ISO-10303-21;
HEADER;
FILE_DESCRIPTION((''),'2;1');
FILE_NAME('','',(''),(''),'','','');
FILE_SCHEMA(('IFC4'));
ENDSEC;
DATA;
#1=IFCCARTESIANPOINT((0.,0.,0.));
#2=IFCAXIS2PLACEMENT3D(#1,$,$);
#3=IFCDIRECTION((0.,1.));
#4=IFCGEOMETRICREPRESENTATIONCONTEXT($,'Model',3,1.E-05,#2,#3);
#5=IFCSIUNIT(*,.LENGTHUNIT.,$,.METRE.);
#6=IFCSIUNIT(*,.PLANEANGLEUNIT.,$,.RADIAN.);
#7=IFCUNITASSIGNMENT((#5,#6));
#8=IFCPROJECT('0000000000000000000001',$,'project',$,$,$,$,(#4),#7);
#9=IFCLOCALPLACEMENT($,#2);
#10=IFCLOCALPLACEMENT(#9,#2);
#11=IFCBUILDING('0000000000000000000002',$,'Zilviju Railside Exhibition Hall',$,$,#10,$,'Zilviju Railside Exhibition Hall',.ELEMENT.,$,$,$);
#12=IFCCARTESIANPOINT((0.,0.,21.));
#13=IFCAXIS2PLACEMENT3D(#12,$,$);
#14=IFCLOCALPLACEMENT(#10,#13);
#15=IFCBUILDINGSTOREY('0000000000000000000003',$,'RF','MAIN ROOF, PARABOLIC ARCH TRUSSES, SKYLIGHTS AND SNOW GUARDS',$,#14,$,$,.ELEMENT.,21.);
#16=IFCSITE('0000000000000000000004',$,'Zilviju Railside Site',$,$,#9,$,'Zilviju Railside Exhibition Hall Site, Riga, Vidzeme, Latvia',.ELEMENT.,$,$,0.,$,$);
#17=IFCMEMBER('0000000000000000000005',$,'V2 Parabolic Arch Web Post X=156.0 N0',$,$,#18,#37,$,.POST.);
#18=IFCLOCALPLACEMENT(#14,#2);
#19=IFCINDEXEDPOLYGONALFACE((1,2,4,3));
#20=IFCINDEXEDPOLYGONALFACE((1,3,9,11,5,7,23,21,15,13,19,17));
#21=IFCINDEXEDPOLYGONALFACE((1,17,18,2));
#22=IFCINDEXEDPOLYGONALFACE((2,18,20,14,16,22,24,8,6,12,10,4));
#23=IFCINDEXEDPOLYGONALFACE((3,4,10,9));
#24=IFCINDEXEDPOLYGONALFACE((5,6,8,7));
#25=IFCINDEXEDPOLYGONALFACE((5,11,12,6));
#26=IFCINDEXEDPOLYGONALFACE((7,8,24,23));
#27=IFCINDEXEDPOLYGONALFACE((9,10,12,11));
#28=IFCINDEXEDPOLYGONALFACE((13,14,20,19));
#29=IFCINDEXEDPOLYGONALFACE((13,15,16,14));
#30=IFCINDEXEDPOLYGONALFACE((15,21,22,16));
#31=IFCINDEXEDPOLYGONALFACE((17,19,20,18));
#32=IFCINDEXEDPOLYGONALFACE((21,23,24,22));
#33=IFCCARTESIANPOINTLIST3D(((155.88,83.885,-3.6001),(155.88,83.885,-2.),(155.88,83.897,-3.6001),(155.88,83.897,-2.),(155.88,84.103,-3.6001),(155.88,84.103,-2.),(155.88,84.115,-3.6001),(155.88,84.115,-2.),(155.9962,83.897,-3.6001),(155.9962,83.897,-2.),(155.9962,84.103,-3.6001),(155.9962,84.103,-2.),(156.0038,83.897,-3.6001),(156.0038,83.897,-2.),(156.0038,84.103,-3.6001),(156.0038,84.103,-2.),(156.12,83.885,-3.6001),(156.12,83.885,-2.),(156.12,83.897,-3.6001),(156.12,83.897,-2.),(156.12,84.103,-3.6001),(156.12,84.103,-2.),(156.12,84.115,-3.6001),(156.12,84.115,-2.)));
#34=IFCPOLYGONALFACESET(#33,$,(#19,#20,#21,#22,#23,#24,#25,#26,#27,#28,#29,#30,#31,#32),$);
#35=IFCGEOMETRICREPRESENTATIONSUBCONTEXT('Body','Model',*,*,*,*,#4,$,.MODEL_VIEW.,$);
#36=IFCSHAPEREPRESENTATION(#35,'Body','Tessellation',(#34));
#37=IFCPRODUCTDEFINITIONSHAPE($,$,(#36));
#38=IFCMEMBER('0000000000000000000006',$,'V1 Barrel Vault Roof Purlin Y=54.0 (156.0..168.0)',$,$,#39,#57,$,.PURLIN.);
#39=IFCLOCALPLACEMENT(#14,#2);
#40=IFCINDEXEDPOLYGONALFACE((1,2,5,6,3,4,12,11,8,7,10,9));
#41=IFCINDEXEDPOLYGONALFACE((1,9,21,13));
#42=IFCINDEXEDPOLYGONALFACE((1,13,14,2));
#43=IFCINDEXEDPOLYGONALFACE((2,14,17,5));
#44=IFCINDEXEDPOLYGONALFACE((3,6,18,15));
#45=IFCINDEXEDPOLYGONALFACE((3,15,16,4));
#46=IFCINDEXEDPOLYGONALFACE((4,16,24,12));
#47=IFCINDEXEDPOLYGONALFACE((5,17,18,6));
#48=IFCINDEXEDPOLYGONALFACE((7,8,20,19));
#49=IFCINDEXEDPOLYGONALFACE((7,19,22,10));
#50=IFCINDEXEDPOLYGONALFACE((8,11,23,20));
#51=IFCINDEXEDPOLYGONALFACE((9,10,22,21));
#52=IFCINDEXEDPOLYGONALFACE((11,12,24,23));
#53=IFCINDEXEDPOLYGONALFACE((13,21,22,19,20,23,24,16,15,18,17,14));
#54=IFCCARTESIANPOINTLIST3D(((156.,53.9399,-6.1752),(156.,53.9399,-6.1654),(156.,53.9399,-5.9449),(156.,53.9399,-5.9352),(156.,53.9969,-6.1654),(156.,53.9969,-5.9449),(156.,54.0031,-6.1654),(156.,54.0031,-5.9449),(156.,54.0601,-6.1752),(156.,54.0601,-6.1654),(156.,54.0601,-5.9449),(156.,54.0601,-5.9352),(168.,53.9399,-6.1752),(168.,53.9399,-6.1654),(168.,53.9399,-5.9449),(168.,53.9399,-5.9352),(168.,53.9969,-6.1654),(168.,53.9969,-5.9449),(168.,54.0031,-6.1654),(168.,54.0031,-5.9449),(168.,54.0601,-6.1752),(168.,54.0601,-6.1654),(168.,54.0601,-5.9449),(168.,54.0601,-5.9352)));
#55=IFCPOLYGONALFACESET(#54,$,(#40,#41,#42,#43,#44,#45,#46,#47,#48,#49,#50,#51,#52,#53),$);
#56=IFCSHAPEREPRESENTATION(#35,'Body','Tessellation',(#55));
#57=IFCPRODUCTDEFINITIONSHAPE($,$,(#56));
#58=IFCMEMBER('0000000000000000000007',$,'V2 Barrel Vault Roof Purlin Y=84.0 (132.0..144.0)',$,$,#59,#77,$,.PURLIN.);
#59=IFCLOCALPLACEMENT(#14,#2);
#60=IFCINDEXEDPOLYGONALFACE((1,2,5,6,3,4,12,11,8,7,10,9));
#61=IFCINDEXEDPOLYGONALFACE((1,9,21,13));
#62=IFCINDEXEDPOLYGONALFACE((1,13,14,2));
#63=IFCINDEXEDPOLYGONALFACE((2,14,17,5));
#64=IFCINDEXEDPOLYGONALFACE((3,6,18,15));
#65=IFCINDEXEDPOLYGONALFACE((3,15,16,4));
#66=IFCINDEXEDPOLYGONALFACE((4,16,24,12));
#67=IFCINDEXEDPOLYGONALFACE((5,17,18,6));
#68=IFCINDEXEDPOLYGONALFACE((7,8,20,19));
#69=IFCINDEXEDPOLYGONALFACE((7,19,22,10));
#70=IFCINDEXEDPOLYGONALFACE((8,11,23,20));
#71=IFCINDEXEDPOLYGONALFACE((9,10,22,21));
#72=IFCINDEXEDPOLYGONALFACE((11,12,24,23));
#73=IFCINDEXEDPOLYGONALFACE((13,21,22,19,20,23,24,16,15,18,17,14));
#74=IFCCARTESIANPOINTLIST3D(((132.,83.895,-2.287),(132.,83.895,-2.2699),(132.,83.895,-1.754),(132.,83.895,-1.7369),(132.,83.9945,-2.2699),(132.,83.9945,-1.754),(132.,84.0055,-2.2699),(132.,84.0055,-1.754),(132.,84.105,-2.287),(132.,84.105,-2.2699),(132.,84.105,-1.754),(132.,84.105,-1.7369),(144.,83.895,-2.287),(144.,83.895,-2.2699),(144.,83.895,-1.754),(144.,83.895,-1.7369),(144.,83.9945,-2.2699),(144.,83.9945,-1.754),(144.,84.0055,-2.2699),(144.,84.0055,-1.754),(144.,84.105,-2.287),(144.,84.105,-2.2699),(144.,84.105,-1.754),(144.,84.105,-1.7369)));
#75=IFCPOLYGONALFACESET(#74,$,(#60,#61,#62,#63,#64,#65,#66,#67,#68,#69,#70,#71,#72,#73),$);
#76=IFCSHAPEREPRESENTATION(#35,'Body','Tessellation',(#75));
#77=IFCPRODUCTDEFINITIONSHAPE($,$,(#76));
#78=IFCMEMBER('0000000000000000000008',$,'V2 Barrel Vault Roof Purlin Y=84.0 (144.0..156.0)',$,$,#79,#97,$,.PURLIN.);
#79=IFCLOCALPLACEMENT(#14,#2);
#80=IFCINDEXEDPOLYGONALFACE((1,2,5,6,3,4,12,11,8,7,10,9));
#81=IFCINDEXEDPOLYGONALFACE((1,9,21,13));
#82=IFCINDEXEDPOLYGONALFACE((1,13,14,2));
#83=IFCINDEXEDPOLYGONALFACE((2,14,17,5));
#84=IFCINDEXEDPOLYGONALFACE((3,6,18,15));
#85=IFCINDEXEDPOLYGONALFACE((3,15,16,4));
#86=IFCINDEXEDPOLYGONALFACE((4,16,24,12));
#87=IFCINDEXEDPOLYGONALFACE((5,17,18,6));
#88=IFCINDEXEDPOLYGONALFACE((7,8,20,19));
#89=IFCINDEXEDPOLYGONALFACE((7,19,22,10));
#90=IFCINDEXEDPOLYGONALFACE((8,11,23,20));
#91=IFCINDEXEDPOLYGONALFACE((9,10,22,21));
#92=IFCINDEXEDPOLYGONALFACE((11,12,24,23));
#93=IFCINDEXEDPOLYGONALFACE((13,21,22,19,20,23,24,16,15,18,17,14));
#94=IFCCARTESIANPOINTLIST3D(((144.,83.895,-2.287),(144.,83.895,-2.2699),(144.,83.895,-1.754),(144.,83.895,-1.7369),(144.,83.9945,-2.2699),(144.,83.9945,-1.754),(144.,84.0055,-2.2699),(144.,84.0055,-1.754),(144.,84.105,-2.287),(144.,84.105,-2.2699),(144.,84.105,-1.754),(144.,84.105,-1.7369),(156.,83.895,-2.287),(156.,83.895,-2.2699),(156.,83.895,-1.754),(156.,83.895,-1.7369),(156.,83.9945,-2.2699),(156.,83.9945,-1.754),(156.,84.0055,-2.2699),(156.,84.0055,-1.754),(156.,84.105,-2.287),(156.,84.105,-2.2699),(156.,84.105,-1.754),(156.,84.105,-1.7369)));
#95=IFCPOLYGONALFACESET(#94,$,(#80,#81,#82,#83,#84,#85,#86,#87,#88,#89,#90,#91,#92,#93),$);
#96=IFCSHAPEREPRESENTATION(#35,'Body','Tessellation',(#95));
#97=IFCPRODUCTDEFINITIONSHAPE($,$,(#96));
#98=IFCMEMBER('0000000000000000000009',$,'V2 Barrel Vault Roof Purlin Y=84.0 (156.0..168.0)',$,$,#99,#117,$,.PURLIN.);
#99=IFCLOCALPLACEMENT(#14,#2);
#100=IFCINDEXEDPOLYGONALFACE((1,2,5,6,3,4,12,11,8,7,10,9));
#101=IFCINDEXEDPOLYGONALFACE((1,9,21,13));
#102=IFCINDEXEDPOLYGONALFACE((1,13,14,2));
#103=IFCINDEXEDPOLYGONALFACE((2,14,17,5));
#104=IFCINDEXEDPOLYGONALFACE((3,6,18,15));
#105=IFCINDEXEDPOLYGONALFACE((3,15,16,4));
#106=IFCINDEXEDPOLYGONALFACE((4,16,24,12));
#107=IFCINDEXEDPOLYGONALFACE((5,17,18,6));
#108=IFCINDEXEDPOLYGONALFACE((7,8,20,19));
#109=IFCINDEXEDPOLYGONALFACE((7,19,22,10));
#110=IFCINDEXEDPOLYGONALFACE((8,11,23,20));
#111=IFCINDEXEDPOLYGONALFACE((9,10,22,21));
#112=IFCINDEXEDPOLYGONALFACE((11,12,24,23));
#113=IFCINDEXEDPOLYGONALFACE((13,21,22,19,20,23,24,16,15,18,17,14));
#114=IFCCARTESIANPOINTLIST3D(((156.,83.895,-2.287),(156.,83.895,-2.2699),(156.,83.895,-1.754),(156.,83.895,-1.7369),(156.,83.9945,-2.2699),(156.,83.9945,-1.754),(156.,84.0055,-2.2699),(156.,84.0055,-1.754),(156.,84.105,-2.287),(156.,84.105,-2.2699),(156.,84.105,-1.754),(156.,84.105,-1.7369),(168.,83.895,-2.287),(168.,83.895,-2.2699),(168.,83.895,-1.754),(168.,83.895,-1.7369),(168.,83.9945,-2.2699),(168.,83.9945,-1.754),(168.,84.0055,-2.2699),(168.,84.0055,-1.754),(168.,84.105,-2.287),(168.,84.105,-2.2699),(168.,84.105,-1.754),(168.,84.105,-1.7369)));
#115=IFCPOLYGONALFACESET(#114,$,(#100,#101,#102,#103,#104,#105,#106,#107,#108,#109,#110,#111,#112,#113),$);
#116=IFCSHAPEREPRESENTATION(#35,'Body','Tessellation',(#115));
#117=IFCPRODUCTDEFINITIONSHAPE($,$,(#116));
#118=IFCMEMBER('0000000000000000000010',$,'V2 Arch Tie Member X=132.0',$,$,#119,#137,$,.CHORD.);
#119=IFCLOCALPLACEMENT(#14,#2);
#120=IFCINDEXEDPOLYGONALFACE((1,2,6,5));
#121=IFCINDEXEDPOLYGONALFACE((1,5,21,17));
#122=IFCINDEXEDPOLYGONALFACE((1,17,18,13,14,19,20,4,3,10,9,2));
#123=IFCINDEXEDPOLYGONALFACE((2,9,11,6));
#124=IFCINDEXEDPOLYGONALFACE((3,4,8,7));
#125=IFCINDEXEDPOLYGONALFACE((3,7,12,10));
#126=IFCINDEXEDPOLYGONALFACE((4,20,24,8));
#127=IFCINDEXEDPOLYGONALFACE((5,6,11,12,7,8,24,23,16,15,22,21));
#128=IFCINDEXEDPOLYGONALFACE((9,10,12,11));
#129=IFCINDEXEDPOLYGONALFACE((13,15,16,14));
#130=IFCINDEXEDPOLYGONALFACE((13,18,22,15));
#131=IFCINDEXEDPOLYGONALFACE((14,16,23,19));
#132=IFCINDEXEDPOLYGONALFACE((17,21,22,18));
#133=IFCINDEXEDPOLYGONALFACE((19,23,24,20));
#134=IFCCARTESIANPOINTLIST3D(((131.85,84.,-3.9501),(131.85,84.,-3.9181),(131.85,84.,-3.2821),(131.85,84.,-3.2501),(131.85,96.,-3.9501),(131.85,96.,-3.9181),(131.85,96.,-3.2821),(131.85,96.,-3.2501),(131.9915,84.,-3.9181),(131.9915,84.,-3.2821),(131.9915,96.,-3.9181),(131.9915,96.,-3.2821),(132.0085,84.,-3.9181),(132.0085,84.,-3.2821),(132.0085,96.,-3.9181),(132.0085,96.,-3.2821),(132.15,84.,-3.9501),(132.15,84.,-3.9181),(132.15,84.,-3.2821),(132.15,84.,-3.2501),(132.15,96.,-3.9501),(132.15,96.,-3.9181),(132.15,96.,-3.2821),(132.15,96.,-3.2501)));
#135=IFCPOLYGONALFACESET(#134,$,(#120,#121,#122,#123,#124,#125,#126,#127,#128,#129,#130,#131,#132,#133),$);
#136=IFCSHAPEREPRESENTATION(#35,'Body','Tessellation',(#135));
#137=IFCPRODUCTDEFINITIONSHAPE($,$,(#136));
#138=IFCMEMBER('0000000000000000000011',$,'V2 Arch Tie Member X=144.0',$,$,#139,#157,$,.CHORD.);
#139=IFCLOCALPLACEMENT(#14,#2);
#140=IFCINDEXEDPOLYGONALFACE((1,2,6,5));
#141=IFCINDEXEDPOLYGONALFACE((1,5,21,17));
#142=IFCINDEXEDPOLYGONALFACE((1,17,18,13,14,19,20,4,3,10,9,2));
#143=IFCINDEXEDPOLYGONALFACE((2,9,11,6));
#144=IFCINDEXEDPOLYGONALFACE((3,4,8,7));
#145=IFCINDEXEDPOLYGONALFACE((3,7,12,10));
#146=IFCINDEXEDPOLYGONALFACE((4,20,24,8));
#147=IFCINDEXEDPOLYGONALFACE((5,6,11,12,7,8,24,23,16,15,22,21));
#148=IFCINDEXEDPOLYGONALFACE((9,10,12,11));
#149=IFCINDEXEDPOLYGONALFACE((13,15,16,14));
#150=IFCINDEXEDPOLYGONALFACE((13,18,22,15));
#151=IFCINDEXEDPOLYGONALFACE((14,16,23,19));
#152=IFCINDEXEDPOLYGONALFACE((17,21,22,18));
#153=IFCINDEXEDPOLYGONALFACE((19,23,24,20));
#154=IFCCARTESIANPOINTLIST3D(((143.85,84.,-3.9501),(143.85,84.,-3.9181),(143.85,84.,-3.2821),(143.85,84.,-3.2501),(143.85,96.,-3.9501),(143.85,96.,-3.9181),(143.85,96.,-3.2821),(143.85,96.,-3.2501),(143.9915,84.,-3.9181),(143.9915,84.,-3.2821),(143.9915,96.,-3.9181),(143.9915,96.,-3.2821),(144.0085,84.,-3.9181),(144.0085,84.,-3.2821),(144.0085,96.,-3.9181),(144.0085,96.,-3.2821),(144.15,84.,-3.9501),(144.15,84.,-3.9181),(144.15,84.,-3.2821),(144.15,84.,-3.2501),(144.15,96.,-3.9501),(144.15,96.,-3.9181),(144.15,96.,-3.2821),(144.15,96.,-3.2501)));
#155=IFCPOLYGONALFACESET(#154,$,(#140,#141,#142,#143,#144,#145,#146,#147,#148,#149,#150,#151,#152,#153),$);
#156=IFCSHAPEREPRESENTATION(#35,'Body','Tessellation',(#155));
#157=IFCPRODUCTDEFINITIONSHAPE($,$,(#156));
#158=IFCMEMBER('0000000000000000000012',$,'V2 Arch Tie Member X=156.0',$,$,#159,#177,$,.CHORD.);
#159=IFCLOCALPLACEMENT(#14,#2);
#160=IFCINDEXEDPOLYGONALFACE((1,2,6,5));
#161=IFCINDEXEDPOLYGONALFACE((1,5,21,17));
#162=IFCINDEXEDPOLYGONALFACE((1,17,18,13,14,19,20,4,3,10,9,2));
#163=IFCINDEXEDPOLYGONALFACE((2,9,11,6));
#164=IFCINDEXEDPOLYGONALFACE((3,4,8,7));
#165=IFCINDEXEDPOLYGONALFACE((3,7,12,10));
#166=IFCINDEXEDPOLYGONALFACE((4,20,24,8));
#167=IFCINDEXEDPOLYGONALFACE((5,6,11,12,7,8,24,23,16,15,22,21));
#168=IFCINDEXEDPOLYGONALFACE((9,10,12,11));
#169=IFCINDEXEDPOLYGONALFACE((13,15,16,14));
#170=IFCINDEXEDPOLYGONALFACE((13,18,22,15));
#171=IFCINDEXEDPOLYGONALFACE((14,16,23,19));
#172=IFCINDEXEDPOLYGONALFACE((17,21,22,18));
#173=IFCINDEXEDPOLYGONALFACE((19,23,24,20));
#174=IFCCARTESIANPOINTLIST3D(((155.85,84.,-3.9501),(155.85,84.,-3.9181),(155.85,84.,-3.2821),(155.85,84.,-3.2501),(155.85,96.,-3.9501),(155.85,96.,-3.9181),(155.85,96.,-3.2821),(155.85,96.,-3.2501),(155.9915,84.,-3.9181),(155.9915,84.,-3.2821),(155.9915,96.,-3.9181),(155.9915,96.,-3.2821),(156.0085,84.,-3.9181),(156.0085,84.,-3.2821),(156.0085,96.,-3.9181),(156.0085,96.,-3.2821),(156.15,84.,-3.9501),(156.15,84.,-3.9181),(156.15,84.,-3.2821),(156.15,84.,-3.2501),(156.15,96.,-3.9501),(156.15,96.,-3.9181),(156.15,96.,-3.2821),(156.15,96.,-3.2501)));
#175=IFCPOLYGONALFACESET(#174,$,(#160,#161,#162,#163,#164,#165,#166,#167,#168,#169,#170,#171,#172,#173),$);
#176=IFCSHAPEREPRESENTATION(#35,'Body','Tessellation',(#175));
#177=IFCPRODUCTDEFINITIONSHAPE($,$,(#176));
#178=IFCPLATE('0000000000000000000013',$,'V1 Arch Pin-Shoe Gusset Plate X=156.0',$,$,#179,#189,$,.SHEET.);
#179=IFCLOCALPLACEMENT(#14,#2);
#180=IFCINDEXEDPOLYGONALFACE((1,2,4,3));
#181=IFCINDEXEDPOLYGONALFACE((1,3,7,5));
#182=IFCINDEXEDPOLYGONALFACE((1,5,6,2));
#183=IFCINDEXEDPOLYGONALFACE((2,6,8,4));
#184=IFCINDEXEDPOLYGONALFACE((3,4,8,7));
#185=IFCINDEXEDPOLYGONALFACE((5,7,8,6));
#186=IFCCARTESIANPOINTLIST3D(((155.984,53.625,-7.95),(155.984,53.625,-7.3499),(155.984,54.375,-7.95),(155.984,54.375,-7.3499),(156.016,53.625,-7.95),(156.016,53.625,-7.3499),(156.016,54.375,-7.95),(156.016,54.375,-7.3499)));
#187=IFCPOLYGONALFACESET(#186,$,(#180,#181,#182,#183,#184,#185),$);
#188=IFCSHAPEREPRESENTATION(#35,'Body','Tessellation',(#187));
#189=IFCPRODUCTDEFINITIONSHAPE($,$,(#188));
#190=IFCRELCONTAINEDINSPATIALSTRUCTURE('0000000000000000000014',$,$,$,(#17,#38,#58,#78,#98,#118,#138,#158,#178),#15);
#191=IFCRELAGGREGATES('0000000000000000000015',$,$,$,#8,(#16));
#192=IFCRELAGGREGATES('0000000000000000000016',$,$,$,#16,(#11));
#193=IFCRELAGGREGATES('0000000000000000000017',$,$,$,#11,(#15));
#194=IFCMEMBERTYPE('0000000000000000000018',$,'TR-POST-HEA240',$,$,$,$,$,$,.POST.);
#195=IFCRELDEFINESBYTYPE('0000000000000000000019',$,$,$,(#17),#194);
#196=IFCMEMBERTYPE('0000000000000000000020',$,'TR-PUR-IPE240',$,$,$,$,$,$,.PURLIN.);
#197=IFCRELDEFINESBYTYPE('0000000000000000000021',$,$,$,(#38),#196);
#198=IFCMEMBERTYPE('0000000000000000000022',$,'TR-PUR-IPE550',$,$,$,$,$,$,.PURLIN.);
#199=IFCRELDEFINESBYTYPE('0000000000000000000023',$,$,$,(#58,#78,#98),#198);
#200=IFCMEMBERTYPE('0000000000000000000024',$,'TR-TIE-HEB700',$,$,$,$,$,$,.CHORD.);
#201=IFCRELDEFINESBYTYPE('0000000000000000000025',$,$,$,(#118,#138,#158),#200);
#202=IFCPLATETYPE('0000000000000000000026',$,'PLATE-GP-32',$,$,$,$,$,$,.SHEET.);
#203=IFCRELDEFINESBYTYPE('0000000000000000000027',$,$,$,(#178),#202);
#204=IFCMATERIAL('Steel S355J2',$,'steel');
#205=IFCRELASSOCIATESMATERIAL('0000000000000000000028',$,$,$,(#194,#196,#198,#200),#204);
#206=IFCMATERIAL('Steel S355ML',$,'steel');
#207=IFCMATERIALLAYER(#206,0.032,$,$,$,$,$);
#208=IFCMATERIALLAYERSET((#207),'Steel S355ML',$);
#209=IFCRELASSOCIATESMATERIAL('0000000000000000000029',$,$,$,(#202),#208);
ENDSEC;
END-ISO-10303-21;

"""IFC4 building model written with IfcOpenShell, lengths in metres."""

from ifc_helpers import new_model, si_unit, direction, frame, origin, origin_2d, place, context, subcontext, project, spatial, rectangle, i_section, extrude, material, layer, layer_set, material_profile, profile_set, type_object, element, save


model = new_model("IFC4")

# Units and contexts
model_context = context("Model", 3, precision=1e-05, world=origin(), true_north=direction((0.0, 1.0)))
body_context = subcontext(model_context, "Body", "Model", "MODEL_VIEW")
ifc_project = project(units=[si_unit("LENGTHUNIT", "METRE"), si_unit("PLANEANGLEUNIT", "RADIAN")], contexts=[model_context])

# Site, building, storey
site_placement = place(None, origin())
site = spatial("IfcSite", under=ifc_project, at=site_placement, Name="Zilviju Railside Site", LongName="Zilviju Railside Exhibition Hall Site, Riga, Vidzeme, Latvia", CompositionType="ELEMENT", RefElevation=0.0)
building_placement = place(site_placement, origin())
building = spatial("IfcBuilding", under=site, at=building_placement, Name="Zilviju Railside Exhibition Hall", LongName="Zilviju Railside Exhibition Hall", CompositionType="ELEMENT")
storey_placement = place(building_placement, frame((0.0, 0.0, 21.0)))
storey = spatial("IfcBuildingStorey", under=building, at=storey_placement, Name="RF", Description="MAIN ROOF, PARABOLIC ARCH TRUSSES, SKYLIGHTS AND SNOW GUARDS", CompositionType="ELEMENT", Elevation=21.0)

# Members
ifc_material_1 = material(Name="Steel S355J2", Category="steel")
ifc_material_profile_1 = material_profile(ifc_material_1, i_section(OverallWidth=0.24, OverallDepth=0.23, WebThickness=0.0076, FlangeThickness=0.012, at=origin_2d()), Name="HEA 240")
ifc_profile_set_1 = profile_set([ifc_material_profile_1], Name="Steel S355J2")
member_type_1 = type_object("IfcMemberType", Name="TR-POST-HEA240", PredefinedType="POST", material=ifc_profile_set_1)
for number, where, z_axis, x_axis, name in (
    (1, (156.0, 84.0, -3.6001), (0.0, 0.0, 1.0), (1.0, 0.0, 0.0), "V2 Parabolic Arch Web Post X=156.0 N0"),
):
    element("IfcMember", number, at=place(storey_placement, frame(where, z_axis=z_axis, x_axis=x_axis)), inside=storey, type_object=member_type_1, Name=name, PredefinedType="POST", context=body_context, shape_type="SweptSolid", body=[
        extrude(i_section(OverallWidth=0.24, OverallDepth=0.23, WebThickness=0.0076, FlangeThickness=0.012, at=origin_2d()), origin(), (0.0, 0.0, 1.0), 1.6001),
    ])
ifc_material_profile_2 = material_profile(ifc_material_1, i_section(OverallWidth=0.1201, OverallDepth=0.24, WebThickness=0.0061, FlangeThickness=0.0098, at=origin_2d()), Name="IPE 240")
ifc_profile_set_2 = profile_set([ifc_material_profile_2], Name="Steel S355J2")
member_type_2 = type_object("IfcMemberType", Name="TR-PUR-IPE240", PredefinedType="PURLIN", material=ifc_profile_set_2)
member_1_placement = place(storey_placement, frame((156.0, 54.0, -6.0552), z_axis=(1.0, 0.0, 0.0), x_axis=(0.0, 1.0, 0.0)))
element("IfcMember", 2, at=member_1_placement, inside=storey, type_object=member_type_2, Name="V1 Barrel Vault Roof Purlin Y=54.0 (156.0..168.0)", PredefinedType="PURLIN", context=body_context, shape_type="SweptSolid", body=[
    extrude(i_section(OverallWidth=0.1201, OverallDepth=0.24, WebThickness=0.0061, FlangeThickness=0.0098, at=origin_2d()), origin(), (0.0, 0.0, 1.0), 12.0),
])
ifc_material_profile_3 = material_profile(ifc_material_1, i_section(OverallWidth=0.21, OverallDepth=0.55, WebThickness=0.011, FlangeThickness=0.0171, at=origin_2d()), Name="IPE 550")
ifc_profile_set_3 = profile_set([ifc_material_profile_3], Name="Steel S355J2")
member_type_3 = type_object("IfcMemberType", Name="TR-PUR-IPE550", PredefinedType="PURLIN", material=ifc_profile_set_3)
for number, where, z_axis, x_axis, name in (
    (3, (132.0, 84.0, -2.012), (1.0, 0.0, 0.0), (0.0, 1.0, 0.0), "V2 Barrel Vault Roof Purlin Y=84.0 (132.0..144.0)"),
    (4, (144.0, 84.0, -2.012), (1.0, 0.0, 0.0), (0.0, 1.0, 0.0), "V2 Barrel Vault Roof Purlin Y=84.0 (144.0..156.0)"),
    (5, (156.0, 84.0, -2.012), (1.0, 0.0, 0.0), (0.0, 1.0, 0.0), "V2 Barrel Vault Roof Purlin Y=84.0 (156.0..168.0)"),
):
    element("IfcMember", number, at=place(storey_placement, frame(where, z_axis=z_axis, x_axis=x_axis)), inside=storey, type_object=member_type_3, Name=name, PredefinedType="PURLIN", context=body_context, shape_type="SweptSolid", body=[
        extrude(i_section(OverallWidth=0.21, OverallDepth=0.55, WebThickness=0.011, FlangeThickness=0.0171, at=origin_2d()), origin(), (0.0, 0.0, 1.0), 12.0),
    ])
ifc_material_profile_4 = material_profile(ifc_material_1, i_section(OverallWidth=0.3, OverallDepth=0.7, WebThickness=0.0171, FlangeThickness=0.032, at=origin_2d()), Name="HEB 700")
ifc_profile_set_4 = profile_set([ifc_material_profile_4], Name="Steel S355J2")
member_type_4 = type_object("IfcMemberType", Name="TR-TIE-HEB700", PredefinedType="CHORD", material=ifc_profile_set_4)
for number, where, z_axis, x_axis, name in (
    (6, (132.0, 84.0, -3.6001), (0.0, 1.0, 0.0), (-1.0, 0.0, 0.0), "V2 Arch Tie Member X=132.0"),
    (7, (144.0, 84.0, -3.6001), (0.0, 1.0, 0.0), (-1.0, 0.0, 0.0), "V2 Arch Tie Member X=144.0"),
    (8, (156.0, 84.0, -3.6001), (0.0, 1.0, 0.0), (-1.0, 0.0, 0.0), "V2 Arch Tie Member X=156.0"),
):
    element("IfcMember", number, at=place(storey_placement, frame(where, z_axis=z_axis, x_axis=x_axis)), inside=storey, type_object=member_type_4, Name=name, PredefinedType="CHORD", context=body_context, shape_type="SweptSolid", body=[
        extrude(i_section(OverallWidth=0.3, OverallDepth=0.7, WebThickness=0.0171, FlangeThickness=0.032, at=origin_2d()), origin(), (0.0, 0.0, 1.0), 12.0),
    ])

# Plate
ifc_material_2 = material(Name="Steel S355ML", Category="steel")
ifc_layer_1 = layer(ifc_material_2, 0.032)
ifc_layer_set_1 = layer_set([ifc_layer_1], Name="Steel S355ML")
plate_type_1 = type_object("IfcPlateType", Name="PLATE-GP-32", PredefinedType="SHEET", material=ifc_layer_set_1)
plate_placement = place(storey_placement, frame((156.0, 54.0, -7.95), z_axis=(0.0, 0.0, 1.0), x_axis=(1.0, 0.0, 0.0)))
element("IfcPlate", 9, at=plate_placement, inside=storey, type_object=plate_type_1, Name="V1 Arch Pin-Shoe Gusset Plate X=156.0", PredefinedType="SHEET", context=body_context, shape_type="SweptSolid", body=[
    extrude(rectangle(XDim=0.032, YDim=0.75, at=origin_2d()), origin(), (0.0, 0.0, 1.0), 0.6001),
])

save(model, "model.ifc")
